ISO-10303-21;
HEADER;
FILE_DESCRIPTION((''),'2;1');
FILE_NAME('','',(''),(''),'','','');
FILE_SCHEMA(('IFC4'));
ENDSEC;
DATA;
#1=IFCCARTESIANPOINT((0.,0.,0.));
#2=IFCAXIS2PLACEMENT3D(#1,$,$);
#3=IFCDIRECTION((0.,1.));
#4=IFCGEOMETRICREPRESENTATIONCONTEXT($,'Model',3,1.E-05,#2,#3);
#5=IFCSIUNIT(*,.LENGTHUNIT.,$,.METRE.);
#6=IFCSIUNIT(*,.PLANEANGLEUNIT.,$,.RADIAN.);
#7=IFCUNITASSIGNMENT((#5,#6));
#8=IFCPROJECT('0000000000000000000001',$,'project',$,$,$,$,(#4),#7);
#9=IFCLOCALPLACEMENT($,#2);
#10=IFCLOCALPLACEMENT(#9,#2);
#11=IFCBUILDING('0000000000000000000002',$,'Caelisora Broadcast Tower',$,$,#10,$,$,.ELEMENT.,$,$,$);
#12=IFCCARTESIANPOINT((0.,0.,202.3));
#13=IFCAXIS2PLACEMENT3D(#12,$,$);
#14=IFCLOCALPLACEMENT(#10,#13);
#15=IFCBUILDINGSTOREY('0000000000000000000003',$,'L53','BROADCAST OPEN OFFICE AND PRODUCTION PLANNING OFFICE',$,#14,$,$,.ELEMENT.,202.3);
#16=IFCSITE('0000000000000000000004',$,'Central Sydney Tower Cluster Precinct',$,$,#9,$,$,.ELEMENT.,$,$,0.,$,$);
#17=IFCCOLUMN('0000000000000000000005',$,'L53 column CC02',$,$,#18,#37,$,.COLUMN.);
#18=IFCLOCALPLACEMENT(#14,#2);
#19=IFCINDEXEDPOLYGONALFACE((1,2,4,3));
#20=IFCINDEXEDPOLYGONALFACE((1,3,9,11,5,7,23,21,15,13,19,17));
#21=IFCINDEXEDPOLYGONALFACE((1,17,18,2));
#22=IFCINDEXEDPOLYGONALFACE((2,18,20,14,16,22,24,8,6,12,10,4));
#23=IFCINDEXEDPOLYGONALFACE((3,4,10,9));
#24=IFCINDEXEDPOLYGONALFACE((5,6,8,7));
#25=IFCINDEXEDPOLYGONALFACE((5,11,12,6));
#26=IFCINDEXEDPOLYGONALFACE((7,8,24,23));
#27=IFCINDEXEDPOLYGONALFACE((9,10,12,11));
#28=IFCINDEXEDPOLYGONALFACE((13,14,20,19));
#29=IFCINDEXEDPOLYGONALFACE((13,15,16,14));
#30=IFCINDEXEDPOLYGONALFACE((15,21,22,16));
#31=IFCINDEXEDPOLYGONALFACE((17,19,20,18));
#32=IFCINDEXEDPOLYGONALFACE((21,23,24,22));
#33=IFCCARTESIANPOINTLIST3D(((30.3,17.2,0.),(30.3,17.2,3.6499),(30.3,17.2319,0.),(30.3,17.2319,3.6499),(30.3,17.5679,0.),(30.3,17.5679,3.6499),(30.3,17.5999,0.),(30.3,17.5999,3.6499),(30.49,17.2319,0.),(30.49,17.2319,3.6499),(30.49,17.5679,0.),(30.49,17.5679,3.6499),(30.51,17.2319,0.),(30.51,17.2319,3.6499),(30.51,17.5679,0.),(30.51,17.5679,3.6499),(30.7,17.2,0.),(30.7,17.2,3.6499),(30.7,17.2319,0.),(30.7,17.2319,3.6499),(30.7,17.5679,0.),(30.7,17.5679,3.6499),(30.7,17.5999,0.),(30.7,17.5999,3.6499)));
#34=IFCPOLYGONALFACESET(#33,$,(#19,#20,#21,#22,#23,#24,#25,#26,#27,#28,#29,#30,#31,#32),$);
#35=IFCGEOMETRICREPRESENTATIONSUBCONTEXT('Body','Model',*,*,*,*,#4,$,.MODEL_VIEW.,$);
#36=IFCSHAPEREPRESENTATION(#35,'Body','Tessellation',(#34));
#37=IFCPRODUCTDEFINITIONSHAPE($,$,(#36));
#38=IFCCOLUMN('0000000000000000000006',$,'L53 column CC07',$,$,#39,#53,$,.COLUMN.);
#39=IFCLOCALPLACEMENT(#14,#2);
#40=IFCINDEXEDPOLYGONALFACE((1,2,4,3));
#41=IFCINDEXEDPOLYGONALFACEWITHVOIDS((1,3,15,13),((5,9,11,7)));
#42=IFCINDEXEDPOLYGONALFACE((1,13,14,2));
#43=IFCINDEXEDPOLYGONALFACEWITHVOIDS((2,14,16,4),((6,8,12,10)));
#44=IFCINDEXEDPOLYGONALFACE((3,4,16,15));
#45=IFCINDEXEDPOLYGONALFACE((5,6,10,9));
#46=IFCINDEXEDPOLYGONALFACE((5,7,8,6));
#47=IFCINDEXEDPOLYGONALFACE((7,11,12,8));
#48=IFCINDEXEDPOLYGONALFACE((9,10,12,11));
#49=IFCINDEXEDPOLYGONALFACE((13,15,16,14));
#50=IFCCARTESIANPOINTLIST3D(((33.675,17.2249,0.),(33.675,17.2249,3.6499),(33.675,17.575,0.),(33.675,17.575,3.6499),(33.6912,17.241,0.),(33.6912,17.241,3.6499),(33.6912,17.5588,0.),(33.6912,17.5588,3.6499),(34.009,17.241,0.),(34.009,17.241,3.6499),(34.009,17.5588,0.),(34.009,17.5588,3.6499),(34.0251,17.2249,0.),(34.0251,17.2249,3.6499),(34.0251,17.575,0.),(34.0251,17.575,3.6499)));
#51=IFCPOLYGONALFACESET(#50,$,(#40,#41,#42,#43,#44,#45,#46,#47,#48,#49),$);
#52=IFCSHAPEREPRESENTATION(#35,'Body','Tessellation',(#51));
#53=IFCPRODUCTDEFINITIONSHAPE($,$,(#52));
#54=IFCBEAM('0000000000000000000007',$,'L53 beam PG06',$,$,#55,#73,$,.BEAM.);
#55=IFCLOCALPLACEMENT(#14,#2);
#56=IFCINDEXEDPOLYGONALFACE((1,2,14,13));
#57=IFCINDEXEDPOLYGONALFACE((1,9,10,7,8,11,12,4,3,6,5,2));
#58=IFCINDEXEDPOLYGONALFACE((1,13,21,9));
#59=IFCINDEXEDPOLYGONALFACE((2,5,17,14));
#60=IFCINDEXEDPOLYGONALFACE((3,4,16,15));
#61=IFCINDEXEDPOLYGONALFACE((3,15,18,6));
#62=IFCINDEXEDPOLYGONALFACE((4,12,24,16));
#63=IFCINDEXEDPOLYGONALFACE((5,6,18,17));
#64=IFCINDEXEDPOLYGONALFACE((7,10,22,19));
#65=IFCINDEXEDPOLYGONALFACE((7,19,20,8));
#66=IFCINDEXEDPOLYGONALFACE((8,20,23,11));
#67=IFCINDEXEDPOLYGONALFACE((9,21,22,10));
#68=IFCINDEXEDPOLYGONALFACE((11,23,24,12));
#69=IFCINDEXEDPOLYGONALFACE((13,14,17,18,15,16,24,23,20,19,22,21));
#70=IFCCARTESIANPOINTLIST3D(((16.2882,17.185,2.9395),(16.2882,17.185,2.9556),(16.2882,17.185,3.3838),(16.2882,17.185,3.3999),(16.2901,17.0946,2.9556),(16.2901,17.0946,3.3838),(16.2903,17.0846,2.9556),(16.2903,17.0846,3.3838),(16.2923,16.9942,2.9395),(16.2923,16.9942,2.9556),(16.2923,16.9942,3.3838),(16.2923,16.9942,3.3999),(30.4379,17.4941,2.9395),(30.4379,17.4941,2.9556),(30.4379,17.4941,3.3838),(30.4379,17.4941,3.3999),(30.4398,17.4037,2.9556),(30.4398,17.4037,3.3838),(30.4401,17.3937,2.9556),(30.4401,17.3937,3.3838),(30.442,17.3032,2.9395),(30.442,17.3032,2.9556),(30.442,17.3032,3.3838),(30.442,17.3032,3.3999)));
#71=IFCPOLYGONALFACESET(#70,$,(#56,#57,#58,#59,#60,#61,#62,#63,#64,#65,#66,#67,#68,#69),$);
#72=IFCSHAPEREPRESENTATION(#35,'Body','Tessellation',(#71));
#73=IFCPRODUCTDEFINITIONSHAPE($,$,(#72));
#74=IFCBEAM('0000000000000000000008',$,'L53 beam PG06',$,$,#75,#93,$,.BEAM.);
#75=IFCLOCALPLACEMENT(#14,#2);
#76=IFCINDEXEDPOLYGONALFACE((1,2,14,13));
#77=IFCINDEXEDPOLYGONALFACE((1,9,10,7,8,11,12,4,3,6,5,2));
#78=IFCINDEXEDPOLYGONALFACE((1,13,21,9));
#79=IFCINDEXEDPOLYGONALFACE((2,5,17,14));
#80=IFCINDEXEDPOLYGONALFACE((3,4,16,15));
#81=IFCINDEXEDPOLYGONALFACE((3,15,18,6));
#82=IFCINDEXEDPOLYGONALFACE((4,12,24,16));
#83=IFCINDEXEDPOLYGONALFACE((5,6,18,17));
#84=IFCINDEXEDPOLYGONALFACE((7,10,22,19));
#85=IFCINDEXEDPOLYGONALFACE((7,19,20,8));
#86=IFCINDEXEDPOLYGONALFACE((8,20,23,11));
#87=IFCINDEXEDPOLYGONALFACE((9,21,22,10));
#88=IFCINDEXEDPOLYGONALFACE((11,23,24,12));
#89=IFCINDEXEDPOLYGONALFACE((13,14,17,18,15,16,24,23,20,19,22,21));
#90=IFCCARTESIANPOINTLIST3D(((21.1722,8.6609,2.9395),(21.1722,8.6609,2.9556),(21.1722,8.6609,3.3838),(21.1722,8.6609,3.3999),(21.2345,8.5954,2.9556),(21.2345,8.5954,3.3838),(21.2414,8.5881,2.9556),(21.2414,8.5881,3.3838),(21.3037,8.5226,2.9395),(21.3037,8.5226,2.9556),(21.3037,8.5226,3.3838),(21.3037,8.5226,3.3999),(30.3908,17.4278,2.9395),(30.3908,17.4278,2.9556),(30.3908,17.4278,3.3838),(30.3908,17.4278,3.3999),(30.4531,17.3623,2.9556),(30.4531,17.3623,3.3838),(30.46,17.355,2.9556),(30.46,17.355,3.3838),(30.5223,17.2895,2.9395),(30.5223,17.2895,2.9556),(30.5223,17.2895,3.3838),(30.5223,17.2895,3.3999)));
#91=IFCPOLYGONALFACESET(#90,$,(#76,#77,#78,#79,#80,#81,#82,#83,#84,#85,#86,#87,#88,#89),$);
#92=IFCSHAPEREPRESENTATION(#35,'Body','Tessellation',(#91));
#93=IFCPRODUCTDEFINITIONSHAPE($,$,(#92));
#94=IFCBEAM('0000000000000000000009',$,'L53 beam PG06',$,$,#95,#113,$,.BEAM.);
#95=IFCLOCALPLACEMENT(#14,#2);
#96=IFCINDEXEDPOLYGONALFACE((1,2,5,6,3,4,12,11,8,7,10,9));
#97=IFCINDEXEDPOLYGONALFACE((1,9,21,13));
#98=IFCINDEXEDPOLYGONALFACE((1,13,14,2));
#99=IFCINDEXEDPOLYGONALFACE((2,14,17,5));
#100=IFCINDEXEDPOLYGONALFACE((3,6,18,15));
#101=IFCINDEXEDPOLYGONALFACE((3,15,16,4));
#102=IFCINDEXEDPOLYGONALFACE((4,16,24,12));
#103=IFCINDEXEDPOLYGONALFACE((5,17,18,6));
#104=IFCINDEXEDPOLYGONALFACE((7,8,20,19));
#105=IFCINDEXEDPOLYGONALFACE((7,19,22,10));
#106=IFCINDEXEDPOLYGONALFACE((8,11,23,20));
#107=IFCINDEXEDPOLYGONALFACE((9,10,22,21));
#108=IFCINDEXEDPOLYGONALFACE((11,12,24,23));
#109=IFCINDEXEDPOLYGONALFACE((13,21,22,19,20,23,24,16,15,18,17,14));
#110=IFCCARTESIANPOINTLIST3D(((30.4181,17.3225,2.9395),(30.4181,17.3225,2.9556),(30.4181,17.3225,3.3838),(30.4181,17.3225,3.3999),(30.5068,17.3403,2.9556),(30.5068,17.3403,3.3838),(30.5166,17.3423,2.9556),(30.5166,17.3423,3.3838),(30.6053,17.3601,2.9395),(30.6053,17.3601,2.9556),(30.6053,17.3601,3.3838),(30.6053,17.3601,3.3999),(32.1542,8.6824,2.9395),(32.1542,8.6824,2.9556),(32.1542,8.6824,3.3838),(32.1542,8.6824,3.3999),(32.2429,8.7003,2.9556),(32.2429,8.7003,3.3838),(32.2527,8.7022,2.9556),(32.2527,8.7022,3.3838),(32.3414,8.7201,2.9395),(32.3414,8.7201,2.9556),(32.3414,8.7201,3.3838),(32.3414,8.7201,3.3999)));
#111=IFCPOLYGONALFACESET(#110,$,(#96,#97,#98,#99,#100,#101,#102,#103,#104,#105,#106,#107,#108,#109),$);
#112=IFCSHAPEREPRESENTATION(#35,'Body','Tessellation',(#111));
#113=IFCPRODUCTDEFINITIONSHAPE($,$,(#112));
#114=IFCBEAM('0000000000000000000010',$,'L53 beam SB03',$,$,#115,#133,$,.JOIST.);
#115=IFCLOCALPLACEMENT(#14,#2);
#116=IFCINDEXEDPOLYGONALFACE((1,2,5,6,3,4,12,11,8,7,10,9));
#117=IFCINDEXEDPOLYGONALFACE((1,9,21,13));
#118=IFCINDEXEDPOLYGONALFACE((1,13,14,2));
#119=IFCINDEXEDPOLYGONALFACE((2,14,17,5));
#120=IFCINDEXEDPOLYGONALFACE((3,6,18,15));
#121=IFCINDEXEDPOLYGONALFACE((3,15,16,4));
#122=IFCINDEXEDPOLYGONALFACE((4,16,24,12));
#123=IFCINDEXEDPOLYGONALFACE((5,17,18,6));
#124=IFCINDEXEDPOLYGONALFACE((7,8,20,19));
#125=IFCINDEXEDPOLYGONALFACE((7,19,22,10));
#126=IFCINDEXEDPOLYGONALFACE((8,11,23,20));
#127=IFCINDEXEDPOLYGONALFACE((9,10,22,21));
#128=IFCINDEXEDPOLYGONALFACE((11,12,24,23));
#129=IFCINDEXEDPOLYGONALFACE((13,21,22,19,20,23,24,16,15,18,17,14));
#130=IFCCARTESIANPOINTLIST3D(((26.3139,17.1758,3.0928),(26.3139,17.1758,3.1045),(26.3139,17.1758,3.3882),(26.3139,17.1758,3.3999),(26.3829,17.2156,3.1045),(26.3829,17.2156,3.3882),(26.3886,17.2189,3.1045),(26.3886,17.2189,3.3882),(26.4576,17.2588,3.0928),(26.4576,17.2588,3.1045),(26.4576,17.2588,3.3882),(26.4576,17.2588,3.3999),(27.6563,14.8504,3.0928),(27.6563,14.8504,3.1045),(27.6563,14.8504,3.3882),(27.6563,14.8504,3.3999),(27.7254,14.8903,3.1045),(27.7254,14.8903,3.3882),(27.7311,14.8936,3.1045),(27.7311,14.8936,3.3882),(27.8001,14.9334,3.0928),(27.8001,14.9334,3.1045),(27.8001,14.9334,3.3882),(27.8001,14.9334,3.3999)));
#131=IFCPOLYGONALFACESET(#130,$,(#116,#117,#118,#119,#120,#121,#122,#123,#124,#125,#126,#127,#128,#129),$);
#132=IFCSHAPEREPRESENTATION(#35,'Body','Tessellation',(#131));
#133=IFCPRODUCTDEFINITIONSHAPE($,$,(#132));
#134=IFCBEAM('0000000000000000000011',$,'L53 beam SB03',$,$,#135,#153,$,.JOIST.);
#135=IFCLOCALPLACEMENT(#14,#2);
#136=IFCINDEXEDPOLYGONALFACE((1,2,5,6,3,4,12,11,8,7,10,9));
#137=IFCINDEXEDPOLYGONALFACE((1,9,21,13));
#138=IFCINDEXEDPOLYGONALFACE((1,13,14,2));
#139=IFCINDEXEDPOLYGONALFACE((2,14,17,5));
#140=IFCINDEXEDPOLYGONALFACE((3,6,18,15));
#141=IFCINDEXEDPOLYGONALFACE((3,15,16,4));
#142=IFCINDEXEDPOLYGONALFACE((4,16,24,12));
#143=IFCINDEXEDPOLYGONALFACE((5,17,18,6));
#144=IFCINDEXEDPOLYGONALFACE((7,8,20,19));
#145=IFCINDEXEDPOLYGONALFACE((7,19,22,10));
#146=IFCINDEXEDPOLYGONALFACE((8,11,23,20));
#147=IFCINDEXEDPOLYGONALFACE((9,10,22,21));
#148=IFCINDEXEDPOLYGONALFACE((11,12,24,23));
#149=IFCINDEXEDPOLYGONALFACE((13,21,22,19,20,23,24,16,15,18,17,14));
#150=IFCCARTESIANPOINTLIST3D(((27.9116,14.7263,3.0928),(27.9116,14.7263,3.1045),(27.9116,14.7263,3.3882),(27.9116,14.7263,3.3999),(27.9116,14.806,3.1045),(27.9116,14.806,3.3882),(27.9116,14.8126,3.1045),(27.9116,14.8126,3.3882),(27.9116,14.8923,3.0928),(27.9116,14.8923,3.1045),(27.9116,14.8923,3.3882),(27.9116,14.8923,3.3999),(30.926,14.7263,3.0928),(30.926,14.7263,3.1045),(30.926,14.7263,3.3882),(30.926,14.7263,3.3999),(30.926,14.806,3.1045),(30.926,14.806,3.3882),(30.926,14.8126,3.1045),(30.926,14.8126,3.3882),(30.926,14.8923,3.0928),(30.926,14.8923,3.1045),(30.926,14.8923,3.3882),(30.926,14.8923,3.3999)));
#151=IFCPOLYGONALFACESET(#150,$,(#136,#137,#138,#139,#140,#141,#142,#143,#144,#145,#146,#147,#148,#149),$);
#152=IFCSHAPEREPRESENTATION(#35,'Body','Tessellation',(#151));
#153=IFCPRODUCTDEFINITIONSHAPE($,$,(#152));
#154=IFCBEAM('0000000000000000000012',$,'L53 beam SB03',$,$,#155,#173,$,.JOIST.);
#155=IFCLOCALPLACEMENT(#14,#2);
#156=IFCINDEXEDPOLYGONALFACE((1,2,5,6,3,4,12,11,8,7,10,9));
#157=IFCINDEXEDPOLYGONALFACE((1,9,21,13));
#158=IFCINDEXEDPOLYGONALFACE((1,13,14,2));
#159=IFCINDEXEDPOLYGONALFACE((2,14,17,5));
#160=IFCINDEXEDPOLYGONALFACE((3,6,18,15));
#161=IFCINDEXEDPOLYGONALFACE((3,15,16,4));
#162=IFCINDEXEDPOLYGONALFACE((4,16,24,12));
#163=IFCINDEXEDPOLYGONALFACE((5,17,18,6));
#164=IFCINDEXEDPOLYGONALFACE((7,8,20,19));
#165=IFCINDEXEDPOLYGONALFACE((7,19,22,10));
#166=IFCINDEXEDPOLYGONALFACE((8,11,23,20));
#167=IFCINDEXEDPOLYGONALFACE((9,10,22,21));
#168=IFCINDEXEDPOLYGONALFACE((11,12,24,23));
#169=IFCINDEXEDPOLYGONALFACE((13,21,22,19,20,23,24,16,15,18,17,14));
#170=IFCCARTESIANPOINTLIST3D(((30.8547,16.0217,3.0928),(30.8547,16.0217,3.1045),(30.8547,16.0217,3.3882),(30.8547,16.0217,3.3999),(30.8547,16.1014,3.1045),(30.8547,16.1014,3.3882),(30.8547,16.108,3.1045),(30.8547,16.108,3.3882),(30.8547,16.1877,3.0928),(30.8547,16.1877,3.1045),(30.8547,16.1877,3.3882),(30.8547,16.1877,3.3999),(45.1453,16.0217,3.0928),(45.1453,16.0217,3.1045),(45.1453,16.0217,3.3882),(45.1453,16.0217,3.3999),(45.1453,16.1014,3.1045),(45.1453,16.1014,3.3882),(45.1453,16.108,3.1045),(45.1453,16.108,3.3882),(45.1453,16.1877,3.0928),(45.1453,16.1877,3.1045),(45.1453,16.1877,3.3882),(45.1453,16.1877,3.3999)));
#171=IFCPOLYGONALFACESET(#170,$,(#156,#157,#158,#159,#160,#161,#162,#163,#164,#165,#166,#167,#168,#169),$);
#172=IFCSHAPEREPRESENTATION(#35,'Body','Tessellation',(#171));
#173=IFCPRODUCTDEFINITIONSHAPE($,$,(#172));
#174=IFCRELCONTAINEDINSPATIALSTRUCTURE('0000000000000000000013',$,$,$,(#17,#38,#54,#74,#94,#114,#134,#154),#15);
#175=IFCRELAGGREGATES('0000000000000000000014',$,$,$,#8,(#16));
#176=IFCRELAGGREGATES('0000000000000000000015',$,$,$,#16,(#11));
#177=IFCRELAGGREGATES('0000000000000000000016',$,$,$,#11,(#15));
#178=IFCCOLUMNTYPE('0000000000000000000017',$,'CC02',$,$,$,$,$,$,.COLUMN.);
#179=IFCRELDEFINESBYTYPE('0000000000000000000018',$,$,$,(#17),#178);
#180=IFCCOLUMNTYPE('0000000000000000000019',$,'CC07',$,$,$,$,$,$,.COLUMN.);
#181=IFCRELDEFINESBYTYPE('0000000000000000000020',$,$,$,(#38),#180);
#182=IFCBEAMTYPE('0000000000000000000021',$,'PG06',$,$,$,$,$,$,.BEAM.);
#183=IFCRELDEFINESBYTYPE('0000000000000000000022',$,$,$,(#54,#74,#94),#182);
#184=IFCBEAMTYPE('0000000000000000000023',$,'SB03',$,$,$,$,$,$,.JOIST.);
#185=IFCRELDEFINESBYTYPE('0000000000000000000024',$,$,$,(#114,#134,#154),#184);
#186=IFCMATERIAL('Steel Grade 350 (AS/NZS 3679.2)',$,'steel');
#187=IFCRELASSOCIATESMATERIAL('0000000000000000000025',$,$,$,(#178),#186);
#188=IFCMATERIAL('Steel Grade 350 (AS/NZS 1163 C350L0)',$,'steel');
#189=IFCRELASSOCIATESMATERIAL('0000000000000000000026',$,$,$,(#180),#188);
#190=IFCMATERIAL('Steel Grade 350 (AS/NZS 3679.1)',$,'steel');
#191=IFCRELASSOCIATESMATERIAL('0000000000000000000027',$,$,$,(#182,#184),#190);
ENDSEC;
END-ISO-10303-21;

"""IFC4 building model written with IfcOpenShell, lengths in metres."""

from ifc_helpers import new_model, si_unit, direction, frame, origin, origin_2d, place, context, subcontext, project, spatial, hollow_rectangle, i_section, extrude, source, transform, mapped, material, material_profile, profile_set, type_object, type_shapes, element, save


model = new_model("IFC4")

# Units and contexts
model_context = context("Model", 3, precision=1e-05, world=origin(), true_north=direction((0.0, 1.0)))
body_context = subcontext(model_context, "Body", "Model", "MODEL_VIEW")
ifc_project = project(units=[si_unit("LENGTHUNIT", "METRE"), si_unit("PLANEANGLEUNIT", "RADIAN")], contexts=[model_context])

# Site, building, storey
site_placement = place(None, origin())
site = spatial("IfcSite", under=ifc_project, at=site_placement, Name="Central Sydney Tower Cluster Precinct", CompositionType="ELEMENT", RefElevation=0.0)
building_placement = place(site_placement, origin())
building = spatial("IfcBuilding", under=site, at=building_placement, Name="Caelisora Broadcast Tower", CompositionType="ELEMENT")
storey_placement = place(building_placement, frame((0.0, 0.0, 202.3)))
storey = spatial("IfcBuildingStorey", under=building, at=storey_placement, Name="L53", Description="BROADCAST OPEN OFFICE AND PRODUCTION PLANNING OFFICE", CompositionType="ELEMENT", Elevation=202.3)

# Columns
ifc_material_1 = material(Name="Steel Grade 350 (AS/NZS 3679.2)", Category="steel")
ifc_material_profile_1 = material_profile(ifc_material_1, i_section(OverallWidth=0.3999, OverallDepth=0.3999, WebThickness=0.02, FlangeThickness=0.032, at=origin_2d()), Name="Steel Grade 350 (AS/NZS 3679.2)")
ifc_profile_set_1 = profile_set([ifc_material_profile_1], Name="Steel Grade 350 (AS/NZS 3679.2)")
column_type_1 = type_object("IfcColumnType", Name="CC02", PredefinedType="COLUMN", material=ifc_profile_set_1)
shared_shape_1 = source(origin(), body_context, "Body", "SweptSolid", [
    extrude(i_section(OverallWidth=0.3999, OverallDepth=0.3999, WebThickness=0.02, FlangeThickness=0.032, at=origin_2d()), origin(), (0.0, 0.0, 1.0), 3.6499),
])
type_shapes(column_type_1, [shared_shape_1])
column_1_placement = place(storey_placement, frame((30.5, 17.3999, 0.0), z_axis=(0.0, 0.0, 1.0), x_axis=(1.0, 0.0, 0.0)))
element("IfcColumn", 1, at=column_1_placement, inside=storey, type_object=column_type_1, Name="L53 column CC02", PredefinedType="COLUMN", context=body_context, shape_type="MappedRepresentation", body=[
    mapped(shared_shape_1, transform((0.0, 0.0, 0.0), scale=1.0)),
])
ifc_material_2 = material(Name="Steel Grade 350 (AS/NZS 1163 C350L0)", Category="steel")
ifc_material_profile_2 = material_profile(ifc_material_2, hollow_rectangle(XDim=0.3501, YDim=0.3501, WallThickness=0.0161, at=origin_2d()), Name="Steel Grade 350 (AS/NZS 1163 C350L0)")
ifc_profile_set_2 = profile_set([ifc_material_profile_2], Name="Steel Grade 350 (AS/NZS 1163 C350L0)")
column_type_2 = type_object("IfcColumnType", Name="CC07", PredefinedType="COLUMN", material=ifc_profile_set_2)
shared_shape_2 = source(origin(), body_context, "Body", "SweptSolid", [
    extrude(hollow_rectangle(XDim=0.3501, YDim=0.3501, WallThickness=0.0161, at=origin_2d()), origin(), (0.0, 0.0, 1.0), 3.6499),
])
type_shapes(column_type_2, [shared_shape_2])
column_2_placement = place(storey_placement, frame((33.8501, 17.3999, 0.0), z_axis=(0.0, 0.0, 1.0), x_axis=(1.0, 0.0, 0.0)))
element("IfcColumn", 2, at=column_2_placement, inside=storey, type_object=column_type_2, Name="L53 column CC07", PredefinedType="COLUMN", context=body_context, shape_type="MappedRepresentation", body=[
    mapped(shared_shape_2, transform((0.0, 0.0, 0.0), scale=1.0)),
])

# Beams
ifc_material_3 = material(Name="Steel Grade 350 (AS/NZS 3679.1)", Category="steel")
ifc_material_profile_3 = material_profile(ifc_material_3, i_section(OverallWidth=0.1909, OverallDepth=0.4604, WebThickness=0.01, FlangeThickness=0.0161, at=origin_2d()), Name="Steel Grade 350 (AS/NZS 3679.1)")
ifc_profile_set_3 = profile_set([ifc_material_profile_3], Name="Steel Grade 350 (AS/NZS 3679.1)")
beam_type_1 = type_object("IfcBeamType", Name="PG06", PredefinedType="BEAM", material=ifc_profile_set_3)
shared_shape_3 = source(origin(), body_context, "Body", "SweptSolid", [
    extrude(i_section(OverallWidth=0.1909, OverallDepth=0.4604, WebThickness=0.01, FlangeThickness=0.0161, at=origin_2d()), origin(), (0.0, 0.0, 1.0), 14.1531),
])
beam_1_placement = place(storey_placement, frame((30.4399, 17.3987, 3.1697), z_axis=(-0.999762, -0.021839, 0.0), x_axis=(0.021839, -0.999762, 0.0)))
element("IfcBeam", 3, at=beam_1_placement, inside=storey, type_object=beam_type_1, Name="L53 beam PG06", PredefinedType="BEAM", context=body_context, shape_type="MappedRepresentation", body=[
    mapped(shared_shape_3, transform((0.0, 0.0, 0.0), scale=1.0)),
])
shared_shape_4 = source(origin(), body_context, "Body", "SweptSolid", [
    extrude(i_section(OverallWidth=0.1909, OverallDepth=0.4604, WebThickness=0.01, FlangeThickness=0.0161, at=origin_2d()), origin(), (0.0, 0.0, 1.0), 12.7217),
])
beam_2_placement = place(storey_placement, frame((30.4565, 17.3586, 3.1697), z_axis=(-0.724636, -0.689132, 0.0), x_axis=(0.689132, -0.724636, 0.0)))
element("IfcBeam", 4, at=beam_2_placement, inside=storey, type_object=beam_type_1, Name="L53 beam PG06", PredefinedType="BEAM", context=body_context, shape_type="MappedRepresentation", body=[
    mapped(shared_shape_4, transform((0.0, 0.0, 0.0), scale=1.0)),
])
shared_shape_5 = source(origin(), body_context, "Body", "SweptSolid", [
    extrude(i_section(OverallWidth=0.1909, OverallDepth=0.4604, WebThickness=0.01, FlangeThickness=0.0161, at=origin_2d()), origin(), (0.0, 0.0, 1.0), 8.8127),
])
type_shapes(beam_type_1, [shared_shape_3, shared_shape_4, shared_shape_5])
beam_3_placement = place(storey_placement, frame((30.5117, 17.3413, 3.1697), z_axis=(0.196995, -0.980404, 0.0), x_axis=(0.980404, 0.196995, 0.0)))
element("IfcBeam", 5, at=beam_3_placement, inside=storey, type_object=beam_type_1, Name="L53 beam PG06", PredefinedType="BEAM", context=body_context, shape_type="MappedRepresentation", body=[
    mapped(shared_shape_5, transform((0.0, 0.0, 0.0), scale=1.0)),
])
ifc_material_profile_4 = material_profile(ifc_material_3, i_section(OverallWidth=0.166, OverallDepth=0.3071, WebThickness=0.0066, FlangeThickness=0.0117, at=origin_2d()), Name="Steel Grade 350 (AS/NZS 3679.1)")
ifc_profile_set_4 = profile_set([ifc_material_profile_4], Name="Steel Grade 350 (AS/NZS 3679.1)")
beam_type_2 = type_object("IfcBeamType", Name="SB03", PredefinedType="JOIST", material=ifc_profile_set_4)
shared_shape_6 = source(origin(), body_context, "Body", "SweptSolid", [
    extrude(i_section(OverallWidth=0.166, OverallDepth=0.3071, WebThickness=0.0066, FlangeThickness=0.0117, at=origin_2d()), origin(), (0.0, 0.0, 1.0), 2.6851),
])
beam_4_placement = place(storey_placement, frame((26.3857, 17.2173, 3.2463), z_axis=(0.499982, -0.866036, 0.0), x_axis=(0.866036, 0.499982, 0.0)))
element("IfcBeam", 6, at=beam_4_placement, inside=storey, type_object=beam_type_2, Name="L53 beam SB03", PredefinedType="JOIST", context=body_context, shape_type="MappedRepresentation", body=[
    mapped(shared_shape_6, transform((0.0, 0.0, 0.0), scale=1.0)),
])
shared_shape_7 = source(origin(), body_context, "Body", "SweptSolid", [
    extrude(i_section(OverallWidth=0.166, OverallDepth=0.3071, WebThickness=0.0066, FlangeThickness=0.0117, at=origin_2d()), origin(), (0.0, 0.0, 1.0), 3.0144),
])
beam_5_placement = place(storey_placement, frame((27.9116, 14.8093, 3.2463), z_axis=(1.0, 0.0, 0.0), x_axis=(0.0, 1.0, 0.0)))
element("IfcBeam", 7, at=beam_5_placement, inside=storey, type_object=beam_type_2, Name="L53 beam SB03", PredefinedType="JOIST", context=body_context, shape_type="MappedRepresentation", body=[
    mapped(shared_shape_7, transform((0.0, 0.0, 0.0), scale=1.0)),
])
shared_shape_8 = source(origin(), body_context, "Body", "SweptSolid", [
    extrude(i_section(OverallWidth=0.166, OverallDepth=0.3071, WebThickness=0.0066, FlangeThickness=0.0117, at=origin_2d()), origin(), (0.0, 0.0, 1.0), 14.2905),
])
beam_6_placement = place(storey_placement, frame((30.8547, 16.1047, 3.2463), z_axis=(1.0, 0.0, 0.0), x_axis=(0.0, 1.0, 0.0)))
element("IfcBeam", 8, at=beam_6_placement, inside=storey, type_object=beam_type_2, Name="L53 beam SB03", PredefinedType="JOIST", context=body_context, shape_type="MappedRepresentation", body=[
    mapped(shared_shape_8, transform((0.0, 0.0, 0.0), scale=1.0)),
])

save(model, "model.ifc")
